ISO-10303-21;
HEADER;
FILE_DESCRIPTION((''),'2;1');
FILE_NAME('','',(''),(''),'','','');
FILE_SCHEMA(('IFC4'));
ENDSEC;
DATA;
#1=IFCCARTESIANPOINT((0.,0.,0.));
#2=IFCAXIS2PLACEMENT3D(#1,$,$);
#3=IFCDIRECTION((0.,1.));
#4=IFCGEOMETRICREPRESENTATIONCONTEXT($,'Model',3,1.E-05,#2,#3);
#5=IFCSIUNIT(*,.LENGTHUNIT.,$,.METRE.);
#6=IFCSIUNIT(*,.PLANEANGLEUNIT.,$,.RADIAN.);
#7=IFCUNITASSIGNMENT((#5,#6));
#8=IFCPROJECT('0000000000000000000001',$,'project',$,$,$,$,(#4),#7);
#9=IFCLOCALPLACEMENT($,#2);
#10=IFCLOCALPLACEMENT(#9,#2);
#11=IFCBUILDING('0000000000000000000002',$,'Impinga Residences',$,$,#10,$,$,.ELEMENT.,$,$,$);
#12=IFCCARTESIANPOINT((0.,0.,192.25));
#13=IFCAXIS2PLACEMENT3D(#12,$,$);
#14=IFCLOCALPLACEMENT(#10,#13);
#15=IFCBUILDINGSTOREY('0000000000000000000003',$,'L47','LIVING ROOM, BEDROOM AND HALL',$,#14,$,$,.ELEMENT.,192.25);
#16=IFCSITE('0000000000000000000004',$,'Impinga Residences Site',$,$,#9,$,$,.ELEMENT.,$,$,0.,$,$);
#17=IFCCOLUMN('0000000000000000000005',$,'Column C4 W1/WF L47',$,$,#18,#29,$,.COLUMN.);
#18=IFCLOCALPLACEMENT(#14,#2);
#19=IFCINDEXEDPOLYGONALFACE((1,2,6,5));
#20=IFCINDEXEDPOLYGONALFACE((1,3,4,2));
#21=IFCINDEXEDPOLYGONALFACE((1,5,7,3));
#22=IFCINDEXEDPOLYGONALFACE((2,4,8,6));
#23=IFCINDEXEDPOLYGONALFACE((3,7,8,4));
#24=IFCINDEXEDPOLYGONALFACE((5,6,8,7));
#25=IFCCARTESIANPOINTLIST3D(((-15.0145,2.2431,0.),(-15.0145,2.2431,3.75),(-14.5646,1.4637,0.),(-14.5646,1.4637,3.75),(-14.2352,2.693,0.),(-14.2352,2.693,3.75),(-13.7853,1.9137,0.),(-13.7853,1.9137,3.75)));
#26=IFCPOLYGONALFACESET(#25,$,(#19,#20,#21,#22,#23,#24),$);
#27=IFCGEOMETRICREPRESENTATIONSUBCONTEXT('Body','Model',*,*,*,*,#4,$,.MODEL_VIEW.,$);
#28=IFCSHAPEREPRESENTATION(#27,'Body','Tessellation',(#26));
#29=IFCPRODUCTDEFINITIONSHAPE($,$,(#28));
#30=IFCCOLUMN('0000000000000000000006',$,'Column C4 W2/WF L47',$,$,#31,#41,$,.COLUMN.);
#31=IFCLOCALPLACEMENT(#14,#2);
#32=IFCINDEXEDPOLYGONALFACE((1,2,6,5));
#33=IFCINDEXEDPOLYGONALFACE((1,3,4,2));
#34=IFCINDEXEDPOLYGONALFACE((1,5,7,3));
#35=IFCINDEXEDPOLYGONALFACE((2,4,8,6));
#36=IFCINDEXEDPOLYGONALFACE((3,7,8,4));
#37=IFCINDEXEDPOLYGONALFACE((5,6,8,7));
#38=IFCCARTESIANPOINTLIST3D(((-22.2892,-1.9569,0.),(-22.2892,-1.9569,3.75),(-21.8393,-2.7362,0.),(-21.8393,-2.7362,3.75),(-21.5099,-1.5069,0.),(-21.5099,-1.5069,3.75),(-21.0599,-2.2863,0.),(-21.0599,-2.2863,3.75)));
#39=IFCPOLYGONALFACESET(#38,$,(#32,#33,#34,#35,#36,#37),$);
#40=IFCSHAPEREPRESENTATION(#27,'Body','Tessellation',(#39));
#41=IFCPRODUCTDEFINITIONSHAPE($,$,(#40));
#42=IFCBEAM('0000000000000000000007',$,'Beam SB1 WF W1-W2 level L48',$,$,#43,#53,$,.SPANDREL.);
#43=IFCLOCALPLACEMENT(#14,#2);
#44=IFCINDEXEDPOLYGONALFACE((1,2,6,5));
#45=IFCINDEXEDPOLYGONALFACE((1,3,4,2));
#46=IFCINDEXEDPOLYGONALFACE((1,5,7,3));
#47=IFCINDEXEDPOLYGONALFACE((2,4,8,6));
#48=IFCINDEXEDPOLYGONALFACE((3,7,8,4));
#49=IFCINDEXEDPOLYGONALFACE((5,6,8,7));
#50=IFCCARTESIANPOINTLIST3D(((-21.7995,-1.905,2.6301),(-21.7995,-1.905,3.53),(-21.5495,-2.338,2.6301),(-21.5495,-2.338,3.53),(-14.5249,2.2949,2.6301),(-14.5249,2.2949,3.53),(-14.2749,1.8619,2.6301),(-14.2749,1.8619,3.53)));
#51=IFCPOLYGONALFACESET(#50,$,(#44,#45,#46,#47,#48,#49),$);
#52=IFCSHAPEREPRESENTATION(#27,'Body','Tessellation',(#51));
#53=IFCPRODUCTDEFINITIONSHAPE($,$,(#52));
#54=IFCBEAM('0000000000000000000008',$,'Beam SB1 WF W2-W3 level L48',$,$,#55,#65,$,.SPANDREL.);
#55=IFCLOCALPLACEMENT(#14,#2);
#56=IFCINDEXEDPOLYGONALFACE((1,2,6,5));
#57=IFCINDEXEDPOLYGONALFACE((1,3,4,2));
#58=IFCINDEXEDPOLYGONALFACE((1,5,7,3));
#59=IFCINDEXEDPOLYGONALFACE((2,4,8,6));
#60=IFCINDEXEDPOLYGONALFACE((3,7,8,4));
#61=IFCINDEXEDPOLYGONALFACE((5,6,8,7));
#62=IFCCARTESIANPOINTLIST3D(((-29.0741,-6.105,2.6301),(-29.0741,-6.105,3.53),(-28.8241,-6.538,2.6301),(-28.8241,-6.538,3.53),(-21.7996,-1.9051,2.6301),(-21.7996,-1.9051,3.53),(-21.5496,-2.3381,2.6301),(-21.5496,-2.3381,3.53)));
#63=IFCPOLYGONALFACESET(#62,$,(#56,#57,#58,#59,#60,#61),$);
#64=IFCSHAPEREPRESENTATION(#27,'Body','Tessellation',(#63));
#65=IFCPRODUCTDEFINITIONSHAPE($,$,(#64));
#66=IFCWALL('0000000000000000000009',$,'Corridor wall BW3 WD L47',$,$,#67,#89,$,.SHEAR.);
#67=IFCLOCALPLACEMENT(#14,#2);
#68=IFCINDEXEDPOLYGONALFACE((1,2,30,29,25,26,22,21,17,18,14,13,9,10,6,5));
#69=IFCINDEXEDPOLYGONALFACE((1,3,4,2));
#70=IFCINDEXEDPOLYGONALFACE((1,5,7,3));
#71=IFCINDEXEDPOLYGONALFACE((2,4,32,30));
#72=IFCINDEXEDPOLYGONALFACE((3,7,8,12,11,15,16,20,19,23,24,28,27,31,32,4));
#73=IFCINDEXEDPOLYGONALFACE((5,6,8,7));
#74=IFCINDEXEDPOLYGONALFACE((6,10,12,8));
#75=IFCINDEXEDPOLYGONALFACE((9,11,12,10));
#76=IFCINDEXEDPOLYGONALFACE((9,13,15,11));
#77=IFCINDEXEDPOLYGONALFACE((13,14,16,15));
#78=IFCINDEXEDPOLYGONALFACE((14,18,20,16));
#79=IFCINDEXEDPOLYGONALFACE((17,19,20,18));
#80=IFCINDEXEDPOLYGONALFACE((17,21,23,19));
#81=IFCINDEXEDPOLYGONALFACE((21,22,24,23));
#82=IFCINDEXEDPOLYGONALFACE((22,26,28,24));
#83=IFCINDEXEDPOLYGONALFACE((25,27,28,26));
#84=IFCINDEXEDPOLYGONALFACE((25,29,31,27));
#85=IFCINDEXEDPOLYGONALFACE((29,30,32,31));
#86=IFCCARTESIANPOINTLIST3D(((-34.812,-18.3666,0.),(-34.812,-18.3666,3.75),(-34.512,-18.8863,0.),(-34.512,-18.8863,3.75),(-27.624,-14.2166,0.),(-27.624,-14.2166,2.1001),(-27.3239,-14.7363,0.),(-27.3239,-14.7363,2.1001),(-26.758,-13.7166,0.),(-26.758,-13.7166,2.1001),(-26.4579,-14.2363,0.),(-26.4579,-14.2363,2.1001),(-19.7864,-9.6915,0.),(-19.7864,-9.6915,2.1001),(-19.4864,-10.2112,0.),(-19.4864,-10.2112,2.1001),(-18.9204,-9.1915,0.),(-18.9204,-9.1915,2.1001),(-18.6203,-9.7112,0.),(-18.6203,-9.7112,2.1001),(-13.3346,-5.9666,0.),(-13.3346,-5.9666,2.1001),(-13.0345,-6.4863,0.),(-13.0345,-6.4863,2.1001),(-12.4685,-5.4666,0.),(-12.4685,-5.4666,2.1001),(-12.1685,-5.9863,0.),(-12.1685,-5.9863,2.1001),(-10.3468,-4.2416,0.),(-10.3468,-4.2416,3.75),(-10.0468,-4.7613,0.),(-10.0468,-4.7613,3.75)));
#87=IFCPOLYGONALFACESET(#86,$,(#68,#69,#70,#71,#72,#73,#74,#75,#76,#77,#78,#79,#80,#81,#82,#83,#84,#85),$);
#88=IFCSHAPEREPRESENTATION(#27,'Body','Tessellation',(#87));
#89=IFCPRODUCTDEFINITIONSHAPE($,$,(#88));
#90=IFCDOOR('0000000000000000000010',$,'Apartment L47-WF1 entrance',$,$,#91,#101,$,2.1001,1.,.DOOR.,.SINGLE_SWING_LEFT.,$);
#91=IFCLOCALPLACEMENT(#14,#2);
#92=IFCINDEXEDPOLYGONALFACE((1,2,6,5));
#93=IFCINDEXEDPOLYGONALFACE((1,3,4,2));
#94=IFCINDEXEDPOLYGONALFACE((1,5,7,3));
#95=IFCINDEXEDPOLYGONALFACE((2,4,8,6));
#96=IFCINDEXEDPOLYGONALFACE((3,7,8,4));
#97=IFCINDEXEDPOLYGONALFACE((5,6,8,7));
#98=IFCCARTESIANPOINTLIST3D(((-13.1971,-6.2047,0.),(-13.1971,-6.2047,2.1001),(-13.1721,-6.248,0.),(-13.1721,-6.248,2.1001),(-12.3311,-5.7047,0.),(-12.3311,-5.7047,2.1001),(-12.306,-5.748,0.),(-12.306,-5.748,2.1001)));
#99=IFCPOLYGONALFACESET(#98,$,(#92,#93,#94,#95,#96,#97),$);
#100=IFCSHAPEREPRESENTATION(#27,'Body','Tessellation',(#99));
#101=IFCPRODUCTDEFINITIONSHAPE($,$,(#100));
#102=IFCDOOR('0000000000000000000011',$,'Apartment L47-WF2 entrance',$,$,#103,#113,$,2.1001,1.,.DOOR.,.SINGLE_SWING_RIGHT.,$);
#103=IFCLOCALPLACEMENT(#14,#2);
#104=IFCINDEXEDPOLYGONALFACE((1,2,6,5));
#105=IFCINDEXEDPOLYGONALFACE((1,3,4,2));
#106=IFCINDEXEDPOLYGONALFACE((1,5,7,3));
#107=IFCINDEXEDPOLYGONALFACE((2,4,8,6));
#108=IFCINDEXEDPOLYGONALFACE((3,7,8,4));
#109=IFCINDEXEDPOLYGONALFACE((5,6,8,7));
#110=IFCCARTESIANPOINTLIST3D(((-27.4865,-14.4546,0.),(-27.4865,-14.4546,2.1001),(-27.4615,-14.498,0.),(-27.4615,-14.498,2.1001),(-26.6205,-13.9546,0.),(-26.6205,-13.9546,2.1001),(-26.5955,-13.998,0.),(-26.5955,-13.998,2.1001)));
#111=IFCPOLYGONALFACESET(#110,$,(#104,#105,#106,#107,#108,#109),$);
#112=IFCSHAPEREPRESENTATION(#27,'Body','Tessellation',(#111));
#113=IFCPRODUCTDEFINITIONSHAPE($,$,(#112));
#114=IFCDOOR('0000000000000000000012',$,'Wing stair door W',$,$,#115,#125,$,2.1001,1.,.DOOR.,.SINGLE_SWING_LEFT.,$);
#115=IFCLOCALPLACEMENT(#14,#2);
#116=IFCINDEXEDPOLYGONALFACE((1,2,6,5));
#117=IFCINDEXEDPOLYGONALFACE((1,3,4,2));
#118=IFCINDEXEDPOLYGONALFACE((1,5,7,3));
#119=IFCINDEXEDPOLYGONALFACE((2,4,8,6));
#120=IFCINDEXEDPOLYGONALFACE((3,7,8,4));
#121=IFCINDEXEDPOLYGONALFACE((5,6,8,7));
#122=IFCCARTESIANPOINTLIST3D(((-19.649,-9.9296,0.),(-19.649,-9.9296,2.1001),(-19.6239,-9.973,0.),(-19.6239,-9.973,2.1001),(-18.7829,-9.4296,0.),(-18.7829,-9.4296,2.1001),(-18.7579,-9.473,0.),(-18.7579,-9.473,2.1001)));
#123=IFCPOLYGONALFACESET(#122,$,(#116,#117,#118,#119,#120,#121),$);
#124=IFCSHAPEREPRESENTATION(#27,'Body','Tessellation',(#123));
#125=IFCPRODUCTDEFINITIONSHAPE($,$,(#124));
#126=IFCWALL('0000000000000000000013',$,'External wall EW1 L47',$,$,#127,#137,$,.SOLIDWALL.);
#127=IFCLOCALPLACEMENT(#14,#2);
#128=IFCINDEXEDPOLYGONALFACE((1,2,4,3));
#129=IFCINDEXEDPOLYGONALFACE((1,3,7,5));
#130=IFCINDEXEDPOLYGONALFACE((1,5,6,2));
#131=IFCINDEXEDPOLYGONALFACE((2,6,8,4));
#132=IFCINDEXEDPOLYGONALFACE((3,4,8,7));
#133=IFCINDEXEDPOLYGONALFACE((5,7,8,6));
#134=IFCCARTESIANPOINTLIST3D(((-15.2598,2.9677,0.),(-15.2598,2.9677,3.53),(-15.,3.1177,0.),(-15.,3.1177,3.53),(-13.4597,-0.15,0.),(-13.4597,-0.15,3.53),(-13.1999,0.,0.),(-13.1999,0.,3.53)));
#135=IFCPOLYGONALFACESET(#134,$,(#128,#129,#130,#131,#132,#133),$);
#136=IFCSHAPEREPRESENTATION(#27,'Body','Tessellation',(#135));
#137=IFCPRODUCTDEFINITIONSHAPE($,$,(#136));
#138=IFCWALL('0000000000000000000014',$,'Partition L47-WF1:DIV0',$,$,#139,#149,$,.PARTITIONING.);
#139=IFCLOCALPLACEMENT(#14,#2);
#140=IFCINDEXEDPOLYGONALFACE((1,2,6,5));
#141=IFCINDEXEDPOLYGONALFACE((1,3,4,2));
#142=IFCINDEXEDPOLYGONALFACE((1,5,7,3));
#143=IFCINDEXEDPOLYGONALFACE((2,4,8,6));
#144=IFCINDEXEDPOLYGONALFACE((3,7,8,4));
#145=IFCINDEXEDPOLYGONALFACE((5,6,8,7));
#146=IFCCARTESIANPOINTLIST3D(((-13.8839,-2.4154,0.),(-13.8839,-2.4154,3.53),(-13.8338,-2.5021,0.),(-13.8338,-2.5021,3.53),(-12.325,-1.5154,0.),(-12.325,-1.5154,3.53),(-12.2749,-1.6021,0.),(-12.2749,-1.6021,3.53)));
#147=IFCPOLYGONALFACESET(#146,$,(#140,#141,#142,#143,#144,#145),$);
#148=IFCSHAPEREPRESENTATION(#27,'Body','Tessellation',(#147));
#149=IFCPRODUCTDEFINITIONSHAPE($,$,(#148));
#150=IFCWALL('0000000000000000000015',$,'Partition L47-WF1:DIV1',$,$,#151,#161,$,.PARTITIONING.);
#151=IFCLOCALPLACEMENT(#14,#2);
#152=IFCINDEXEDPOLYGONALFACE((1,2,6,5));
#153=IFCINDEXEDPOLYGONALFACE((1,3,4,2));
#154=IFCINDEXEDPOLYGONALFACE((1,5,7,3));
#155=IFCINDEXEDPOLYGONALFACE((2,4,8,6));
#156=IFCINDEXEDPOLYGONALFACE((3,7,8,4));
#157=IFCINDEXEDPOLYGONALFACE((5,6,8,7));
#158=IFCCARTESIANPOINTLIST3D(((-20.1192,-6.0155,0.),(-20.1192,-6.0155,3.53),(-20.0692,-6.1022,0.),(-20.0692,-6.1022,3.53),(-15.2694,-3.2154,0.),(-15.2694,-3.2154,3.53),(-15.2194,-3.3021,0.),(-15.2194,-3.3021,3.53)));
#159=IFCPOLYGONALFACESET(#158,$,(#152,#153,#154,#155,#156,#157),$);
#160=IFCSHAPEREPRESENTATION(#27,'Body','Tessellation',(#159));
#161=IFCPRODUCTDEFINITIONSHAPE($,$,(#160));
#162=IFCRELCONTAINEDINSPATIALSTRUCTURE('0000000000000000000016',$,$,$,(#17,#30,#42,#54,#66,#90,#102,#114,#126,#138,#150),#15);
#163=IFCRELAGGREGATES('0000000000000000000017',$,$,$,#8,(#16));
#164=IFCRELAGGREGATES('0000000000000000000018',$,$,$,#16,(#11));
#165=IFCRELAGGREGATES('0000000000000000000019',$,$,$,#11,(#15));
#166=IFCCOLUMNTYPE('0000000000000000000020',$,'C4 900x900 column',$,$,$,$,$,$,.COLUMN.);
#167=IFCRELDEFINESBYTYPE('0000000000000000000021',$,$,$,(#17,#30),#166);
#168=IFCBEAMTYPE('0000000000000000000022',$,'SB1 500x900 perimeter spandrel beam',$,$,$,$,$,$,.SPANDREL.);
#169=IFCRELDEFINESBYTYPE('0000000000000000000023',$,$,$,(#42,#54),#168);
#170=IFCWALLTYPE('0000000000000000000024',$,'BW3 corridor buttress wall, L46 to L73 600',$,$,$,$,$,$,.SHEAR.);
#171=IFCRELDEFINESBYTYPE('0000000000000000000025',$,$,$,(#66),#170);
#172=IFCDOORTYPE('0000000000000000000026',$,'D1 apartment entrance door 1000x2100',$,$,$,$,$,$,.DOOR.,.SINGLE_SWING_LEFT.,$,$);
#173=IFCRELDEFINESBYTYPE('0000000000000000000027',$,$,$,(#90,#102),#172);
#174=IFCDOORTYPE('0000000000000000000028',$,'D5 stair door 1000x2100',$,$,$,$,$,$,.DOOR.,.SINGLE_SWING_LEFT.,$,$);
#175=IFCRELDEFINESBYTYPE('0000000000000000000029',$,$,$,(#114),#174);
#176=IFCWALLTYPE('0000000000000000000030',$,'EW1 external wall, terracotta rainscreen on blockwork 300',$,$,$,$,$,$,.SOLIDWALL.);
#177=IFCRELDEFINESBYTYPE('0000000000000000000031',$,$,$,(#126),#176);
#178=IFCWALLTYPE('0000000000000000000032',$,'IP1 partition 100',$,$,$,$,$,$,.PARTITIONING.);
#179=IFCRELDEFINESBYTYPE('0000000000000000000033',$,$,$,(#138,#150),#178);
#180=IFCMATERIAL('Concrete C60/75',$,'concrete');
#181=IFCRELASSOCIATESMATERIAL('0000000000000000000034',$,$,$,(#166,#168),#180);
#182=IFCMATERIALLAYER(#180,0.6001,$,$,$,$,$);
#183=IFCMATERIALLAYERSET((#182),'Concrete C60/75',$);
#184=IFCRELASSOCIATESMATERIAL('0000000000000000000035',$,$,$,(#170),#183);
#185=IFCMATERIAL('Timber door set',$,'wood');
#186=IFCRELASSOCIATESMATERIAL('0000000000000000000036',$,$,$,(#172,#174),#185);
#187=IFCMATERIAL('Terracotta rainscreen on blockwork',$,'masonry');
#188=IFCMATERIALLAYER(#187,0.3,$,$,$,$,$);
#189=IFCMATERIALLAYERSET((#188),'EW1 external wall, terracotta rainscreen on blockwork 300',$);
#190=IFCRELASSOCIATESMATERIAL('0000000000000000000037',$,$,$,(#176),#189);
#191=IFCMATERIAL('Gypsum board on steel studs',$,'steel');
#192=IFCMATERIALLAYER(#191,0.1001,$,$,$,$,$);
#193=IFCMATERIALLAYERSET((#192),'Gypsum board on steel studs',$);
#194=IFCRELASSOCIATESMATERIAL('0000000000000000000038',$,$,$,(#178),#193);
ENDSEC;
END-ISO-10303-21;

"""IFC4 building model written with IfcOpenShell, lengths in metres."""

from ifc_helpers import new_model, si_unit, direction, frame, frame_2d, origin, origin_2d, place, context, subcontext, project, spatial, rectangle, extrude, material, layer, layer_set, material_profile, profile_set, type_object, element, fill, save


model = new_model("IFC4")

# Units and contexts
model_context = context("Model", 3, precision=1e-05, world=origin(), true_north=direction((0.0, 1.0)))
body_context = subcontext(model_context, "Body", "Model", "MODEL_VIEW")
ifc_project = project(units=[si_unit("LENGTHUNIT", "METRE"), si_unit("PLANEANGLEUNIT", "RADIAN")], contexts=[model_context])

# Site, building, storey
site_placement = place(None, origin())
site = spatial("IfcSite", under=ifc_project, at=site_placement, Name="Impinga Residences Site", CompositionType="ELEMENT", RefElevation=0.0)
building_placement = place(site_placement, origin())
building = spatial("IfcBuilding", under=site, at=building_placement, Name="Impinga Residences", CompositionType="ELEMENT")
storey_placement = place(building_placement, frame((0.0, 0.0, 192.25)))
storey = spatial("IfcBuildingStorey", under=building, at=storey_placement, Name="L47", Description="LIVING ROOM, BEDROOM AND HALL", CompositionType="ELEMENT", Elevation=192.25)

# Columns
ifc_material_1 = material(Name="Concrete C60/75", Category="concrete")
ifc_material_profile_1 = material_profile(ifc_material_1, rectangle(XDim=0.8999, YDim=0.8999, at=origin_2d()), Name="RC 900x900")
ifc_profile_set_1 = profile_set([ifc_material_profile_1], Name="Concrete C60/75")
column_type = type_object("IfcColumnType", Name="C4 900x900 column", PredefinedType="COLUMN", material=ifc_profile_set_1)
for number, where, z_axis, x_axis, name in (
    (1, (-14.3999, 2.0784, 0.0), (0.0, 0.0, 1.0), (-0.5, 0.866025, 0.0), "Column C4 W1/WF L47"),
    (2, (-21.6746, -2.1216, 0.0), (0.0, 0.0, 1.0), (-0.5, 0.866025, 0.0), "Column C4 W2/WF L47"),
):
    element("IfcColumn", number, at=place(storey_placement, frame(where, z_axis=z_axis, x_axis=x_axis)), inside=storey, type_object=column_type, Name=name, PredefinedType="COLUMN", context=body_context, shape_type="SweptSolid", body=[
        extrude(rectangle(XDim=0.8999, YDim=0.8999, at=origin_2d()), origin(), (0.0, 0.0, 1.0), 3.75),
    ])

# Beams
ifc_material_profile_2 = material_profile(ifc_material_1, rectangle(XDim=0.5, YDim=0.8999, at=origin_2d()), Name="RC 500x900")
ifc_profile_set_2 = profile_set([ifc_material_profile_2], Name="Concrete C60/75")
beam_type = type_object("IfcBeamType", Name="SB1 500x900 perimeter spandrel beam", PredefinedType="SPANDREL", material=ifc_profile_set_2)
for number, where, z_axis, x_axis, name in (
    (3, (-14.3999, 2.0784, 3.0801), (-0.866029, -0.499993, 0.0), (0.499993, -0.866029, 0.0), "Beam SB1 WF W1-W2 level L48"),
    (4, (-21.6746, -2.1216, 3.0801), (-0.866029, -0.499993, 0.0), (0.499993, -0.866029, 0.0), "Beam SB1 WF W2-W3 level L48"),
):
    element("IfcBeam", number, at=place(storey_placement, frame(where, z_axis=z_axis, x_axis=x_axis)), inside=storey, type_object=beam_type, Name=name, PredefinedType="SPANDREL", context=body_context, shape_type="SweptSolid", body=[
        extrude(rectangle(XDim=0.5, YDim=0.8999, at=origin_2d()), origin(), (0.0, 0.0, 1.0), 8.3999),
    ])

# Wall, openings, doors
ifc_layer_1 = layer(ifc_material_1, 0.6001)
ifc_layer_set_1 = layer_set([ifc_layer_1], Name="Concrete C60/75")
wall_type_1 = type_object("IfcWallType", Name="BW3 corridor buttress wall, L46 to L73 600", PredefinedType="SHEAR", material=ifc_layer_set_1)
wall_1_placement = place(storey_placement, frame((-10.1968, -4.5015, 0.0), z_axis=(0.0, 0.0, 1.0), x_axis=(-0.866026, -0.499998, 0.0)))
wall_1 = element("IfcWall", 5, at=wall_1_placement, inside=storey, type_object=wall_type_1, Name="Corridor wall BW3 WD L47", PredefinedType="SHEAR", context=body_context, shape_type="SweptSolid", body=[
    extrude(rectangle(XDim=28.25, YDim=0.6001, at=frame_2d((14.125, 0.0))), origin(), (0.0, 0.0, 1.0), 3.75),
])
opening_1_placement = place(wall_1_placement, frame((9.8999, 0.0, 0.0)))
opening_1 = element("IfcOpeningElement", 6, at=opening_1_placement, cuts=wall_1, PredefinedType="OPENING", context=body_context, shape_type="SweptSolid", body=[
    extrude(rectangle(XDim=1.0, YDim=2.1001, at=frame_2d((0.5, 1.05))), frame((0.0, 0.3101, 0.0), z_axis=(0.0, -1.0, 0.0), x_axis=(1.0, 0.0, 0.0)), (0.0, 0.0, 1.0), 0.6201),
])
opening_2_placement = place(wall_1_placement, frame((2.45, 0.0, 0.0)))
opening_2 = element("IfcOpeningElement", 7, at=opening_2_placement, cuts=wall_1, PredefinedType="OPENING", context=body_context, shape_type="SweptSolid", body=[
    extrude(rectangle(XDim=1.0, YDim=2.1001, at=frame_2d((0.5, 1.05))), frame((0.0, 0.3101, 0.0), z_axis=(0.0, -1.0, 0.0), x_axis=(1.0, 0.0, 0.0)), (0.0, 0.0, 1.0), 0.6201),
])
opening_3_placement = place(wall_1_placement, frame((18.95, 0.0, 0.0)))
opening_3 = element("IfcOpeningElement", 8, at=opening_3_placement, cuts=wall_1, PredefinedType="OPENING", context=body_context, shape_type="SweptSolid", body=[
    extrude(rectangle(XDim=1.0, YDim=2.1001, at=frame_2d((0.5, 1.05))), frame((0.0, 0.3101, 0.0), z_axis=(0.0, -1.0, 0.0), x_axis=(1.0, 0.0, 0.0)), (0.0, 0.0, 1.0), 0.6201),
])
ifc_material_2 = material(Name="Timber door set", Category="wood")
door_type_1 = type_object("IfcDoorType", Name="D1 apartment entrance door 1000x2100", OperationType="SINGLE_SWING_LEFT", PredefinedType="DOOR", material=ifc_material_2)
door_1_placement = place(opening_2_placement, origin())
door_1 = element("IfcDoor", 9, at=door_1_placement, inside=storey, type_object=door_type_1, Name="Apartment L47-WF1 entrance", OperationType="SINGLE_SWING_LEFT", OverallHeight=2.1001, OverallWidth=1.0, PredefinedType="DOOR", context=body_context, shape_type="SweptSolid", body=[
    extrude(rectangle(XDim=1.0, YDim=2.1001, at=frame_2d((0.5, 1.05))), frame((0.0, 0.0249, 0.0), z_axis=(0.0, -1.0, 0.0), x_axis=(1.0, 0.0, 0.0)), (0.0, 0.0, 1.0), 0.05),
])
fill(opening_2, door_1)
door_2_placement = place(opening_3_placement, origin())
door_2 = element("IfcDoor", 10, at=door_2_placement, inside=storey, type_object=door_type_1, Name="Apartment L47-WF2 entrance", OperationType="SINGLE_SWING_RIGHT", OverallHeight=2.1001, OverallWidth=1.0, PredefinedType="DOOR", context=body_context, shape_type="SweptSolid", body=[
    extrude(rectangle(XDim=1.0, YDim=2.1001, at=frame_2d((0.5, 1.05))), frame((0.0, 0.0249, 0.0), z_axis=(0.0, -1.0, 0.0), x_axis=(1.0, 0.0, 0.0)), (0.0, 0.0, 1.0), 0.05),
])
fill(opening_3, door_2)
door_type_2 = type_object("IfcDoorType", Name="D5 stair door 1000x2100", OperationType="SINGLE_SWING_LEFT", PredefinedType="DOOR", material=ifc_material_2)
door_3_placement = place(opening_1_placement, origin())
door_3 = element("IfcDoor", 11, at=door_3_placement, inside=storey, type_object=door_type_2, Name="Wing stair door W", OperationType="SINGLE_SWING_LEFT", OverallHeight=2.1001, OverallWidth=1.0, PredefinedType="DOOR", context=body_context, shape_type="SweptSolid", body=[
    extrude(rectangle(XDim=1.0, YDim=2.1001, at=frame_2d((0.5, 1.05))), frame((0.0, 0.0249, 0.0), z_axis=(0.0, -1.0, 0.0), x_axis=(1.0, 0.0, 0.0)), (0.0, 0.0, 1.0), 0.05),
])
fill(opening_1, door_3)

# Walls
ifc_material_3 = material(Name="Terracotta rainscreen on blockwork", Category="masonry")
ifc_layer_2 = layer(ifc_material_3, 0.3)
ifc_layer_set_2 = layer_set([ifc_layer_2], Name="EW1 external wall, terracotta rainscreen on blockwork 300")
wall_type_2 = type_object("IfcWallType", Name="EW1 external wall, terracotta rainscreen on blockwork 300", PredefinedType="SOLIDWALL", material=ifc_layer_set_2)
wall_2_placement = place(storey_placement, frame((-15.1299, 3.0427, 0.0), z_axis=(0.0, 0.0, 1.0), x_axis=(0.500012, -0.866018, 0.0)))
element("IfcWall", 12, at=wall_2_placement, inside=storey, type_object=wall_type_2, Name="External wall EW1 L47", PredefinedType="SOLIDWALL", context=body_context, shape_type="SweptSolid", body=[
    extrude(rectangle(XDim=3.6001, YDim=0.3, at=frame_2d((1.8, 0.0))), origin(), (0.0, 0.0, 1.0), 3.53),
])
ifc_material_4 = material(Name="Gypsum board on steel studs", Category="steel")
ifc_layer_3 = layer(ifc_material_4, 0.1001)
ifc_layer_set_3 = layer_set([ifc_layer_3], Name="Gypsum board on steel studs")
wall_type_3 = type_object("IfcWallType", Name="IP1 partition 100", PredefinedType="PARTITIONING", material=ifc_layer_set_3)
wall_3_placement = place(storey_placement, frame((-12.3, -1.5588, 0.0), z_axis=(0.0, 0.0, 1.0), x_axis=(-0.866048, -0.499961, 0.0)))
element("IfcWall", 13, at=wall_3_placement, inside=storey, type_object=wall_type_3, Name="Partition L47-WF1:DIV0", PredefinedType="PARTITIONING", context=body_context, shape_type="SweptSolid", body=[
    extrude(rectangle(XDim=1.8, YDim=0.1001, at=frame_2d((0.8999, 0.0))), origin(), (0.0, 0.0, 1.0), 3.53),
])
wall_4_placement = place(storey_placement, frame((-15.2444, -3.2588, 0.0), z_axis=(0.0, 0.0, 1.0), x_axis=(-0.866027, -0.499998, 0.0)))
element("IfcWall", 14, at=wall_4_placement, inside=storey, type_object=wall_type_3, Name="Partition L47-WF1:DIV1", PredefinedType="PARTITIONING", context=body_context, shape_type="SweptSolid", body=[
    extrude(rectangle(XDim=5.6001, YDim=0.1001, at=frame_2d((2.8, 0.0))), origin(), (0.0, 0.0, 1.0), 3.53),
])

save(model, "model.ifc")
